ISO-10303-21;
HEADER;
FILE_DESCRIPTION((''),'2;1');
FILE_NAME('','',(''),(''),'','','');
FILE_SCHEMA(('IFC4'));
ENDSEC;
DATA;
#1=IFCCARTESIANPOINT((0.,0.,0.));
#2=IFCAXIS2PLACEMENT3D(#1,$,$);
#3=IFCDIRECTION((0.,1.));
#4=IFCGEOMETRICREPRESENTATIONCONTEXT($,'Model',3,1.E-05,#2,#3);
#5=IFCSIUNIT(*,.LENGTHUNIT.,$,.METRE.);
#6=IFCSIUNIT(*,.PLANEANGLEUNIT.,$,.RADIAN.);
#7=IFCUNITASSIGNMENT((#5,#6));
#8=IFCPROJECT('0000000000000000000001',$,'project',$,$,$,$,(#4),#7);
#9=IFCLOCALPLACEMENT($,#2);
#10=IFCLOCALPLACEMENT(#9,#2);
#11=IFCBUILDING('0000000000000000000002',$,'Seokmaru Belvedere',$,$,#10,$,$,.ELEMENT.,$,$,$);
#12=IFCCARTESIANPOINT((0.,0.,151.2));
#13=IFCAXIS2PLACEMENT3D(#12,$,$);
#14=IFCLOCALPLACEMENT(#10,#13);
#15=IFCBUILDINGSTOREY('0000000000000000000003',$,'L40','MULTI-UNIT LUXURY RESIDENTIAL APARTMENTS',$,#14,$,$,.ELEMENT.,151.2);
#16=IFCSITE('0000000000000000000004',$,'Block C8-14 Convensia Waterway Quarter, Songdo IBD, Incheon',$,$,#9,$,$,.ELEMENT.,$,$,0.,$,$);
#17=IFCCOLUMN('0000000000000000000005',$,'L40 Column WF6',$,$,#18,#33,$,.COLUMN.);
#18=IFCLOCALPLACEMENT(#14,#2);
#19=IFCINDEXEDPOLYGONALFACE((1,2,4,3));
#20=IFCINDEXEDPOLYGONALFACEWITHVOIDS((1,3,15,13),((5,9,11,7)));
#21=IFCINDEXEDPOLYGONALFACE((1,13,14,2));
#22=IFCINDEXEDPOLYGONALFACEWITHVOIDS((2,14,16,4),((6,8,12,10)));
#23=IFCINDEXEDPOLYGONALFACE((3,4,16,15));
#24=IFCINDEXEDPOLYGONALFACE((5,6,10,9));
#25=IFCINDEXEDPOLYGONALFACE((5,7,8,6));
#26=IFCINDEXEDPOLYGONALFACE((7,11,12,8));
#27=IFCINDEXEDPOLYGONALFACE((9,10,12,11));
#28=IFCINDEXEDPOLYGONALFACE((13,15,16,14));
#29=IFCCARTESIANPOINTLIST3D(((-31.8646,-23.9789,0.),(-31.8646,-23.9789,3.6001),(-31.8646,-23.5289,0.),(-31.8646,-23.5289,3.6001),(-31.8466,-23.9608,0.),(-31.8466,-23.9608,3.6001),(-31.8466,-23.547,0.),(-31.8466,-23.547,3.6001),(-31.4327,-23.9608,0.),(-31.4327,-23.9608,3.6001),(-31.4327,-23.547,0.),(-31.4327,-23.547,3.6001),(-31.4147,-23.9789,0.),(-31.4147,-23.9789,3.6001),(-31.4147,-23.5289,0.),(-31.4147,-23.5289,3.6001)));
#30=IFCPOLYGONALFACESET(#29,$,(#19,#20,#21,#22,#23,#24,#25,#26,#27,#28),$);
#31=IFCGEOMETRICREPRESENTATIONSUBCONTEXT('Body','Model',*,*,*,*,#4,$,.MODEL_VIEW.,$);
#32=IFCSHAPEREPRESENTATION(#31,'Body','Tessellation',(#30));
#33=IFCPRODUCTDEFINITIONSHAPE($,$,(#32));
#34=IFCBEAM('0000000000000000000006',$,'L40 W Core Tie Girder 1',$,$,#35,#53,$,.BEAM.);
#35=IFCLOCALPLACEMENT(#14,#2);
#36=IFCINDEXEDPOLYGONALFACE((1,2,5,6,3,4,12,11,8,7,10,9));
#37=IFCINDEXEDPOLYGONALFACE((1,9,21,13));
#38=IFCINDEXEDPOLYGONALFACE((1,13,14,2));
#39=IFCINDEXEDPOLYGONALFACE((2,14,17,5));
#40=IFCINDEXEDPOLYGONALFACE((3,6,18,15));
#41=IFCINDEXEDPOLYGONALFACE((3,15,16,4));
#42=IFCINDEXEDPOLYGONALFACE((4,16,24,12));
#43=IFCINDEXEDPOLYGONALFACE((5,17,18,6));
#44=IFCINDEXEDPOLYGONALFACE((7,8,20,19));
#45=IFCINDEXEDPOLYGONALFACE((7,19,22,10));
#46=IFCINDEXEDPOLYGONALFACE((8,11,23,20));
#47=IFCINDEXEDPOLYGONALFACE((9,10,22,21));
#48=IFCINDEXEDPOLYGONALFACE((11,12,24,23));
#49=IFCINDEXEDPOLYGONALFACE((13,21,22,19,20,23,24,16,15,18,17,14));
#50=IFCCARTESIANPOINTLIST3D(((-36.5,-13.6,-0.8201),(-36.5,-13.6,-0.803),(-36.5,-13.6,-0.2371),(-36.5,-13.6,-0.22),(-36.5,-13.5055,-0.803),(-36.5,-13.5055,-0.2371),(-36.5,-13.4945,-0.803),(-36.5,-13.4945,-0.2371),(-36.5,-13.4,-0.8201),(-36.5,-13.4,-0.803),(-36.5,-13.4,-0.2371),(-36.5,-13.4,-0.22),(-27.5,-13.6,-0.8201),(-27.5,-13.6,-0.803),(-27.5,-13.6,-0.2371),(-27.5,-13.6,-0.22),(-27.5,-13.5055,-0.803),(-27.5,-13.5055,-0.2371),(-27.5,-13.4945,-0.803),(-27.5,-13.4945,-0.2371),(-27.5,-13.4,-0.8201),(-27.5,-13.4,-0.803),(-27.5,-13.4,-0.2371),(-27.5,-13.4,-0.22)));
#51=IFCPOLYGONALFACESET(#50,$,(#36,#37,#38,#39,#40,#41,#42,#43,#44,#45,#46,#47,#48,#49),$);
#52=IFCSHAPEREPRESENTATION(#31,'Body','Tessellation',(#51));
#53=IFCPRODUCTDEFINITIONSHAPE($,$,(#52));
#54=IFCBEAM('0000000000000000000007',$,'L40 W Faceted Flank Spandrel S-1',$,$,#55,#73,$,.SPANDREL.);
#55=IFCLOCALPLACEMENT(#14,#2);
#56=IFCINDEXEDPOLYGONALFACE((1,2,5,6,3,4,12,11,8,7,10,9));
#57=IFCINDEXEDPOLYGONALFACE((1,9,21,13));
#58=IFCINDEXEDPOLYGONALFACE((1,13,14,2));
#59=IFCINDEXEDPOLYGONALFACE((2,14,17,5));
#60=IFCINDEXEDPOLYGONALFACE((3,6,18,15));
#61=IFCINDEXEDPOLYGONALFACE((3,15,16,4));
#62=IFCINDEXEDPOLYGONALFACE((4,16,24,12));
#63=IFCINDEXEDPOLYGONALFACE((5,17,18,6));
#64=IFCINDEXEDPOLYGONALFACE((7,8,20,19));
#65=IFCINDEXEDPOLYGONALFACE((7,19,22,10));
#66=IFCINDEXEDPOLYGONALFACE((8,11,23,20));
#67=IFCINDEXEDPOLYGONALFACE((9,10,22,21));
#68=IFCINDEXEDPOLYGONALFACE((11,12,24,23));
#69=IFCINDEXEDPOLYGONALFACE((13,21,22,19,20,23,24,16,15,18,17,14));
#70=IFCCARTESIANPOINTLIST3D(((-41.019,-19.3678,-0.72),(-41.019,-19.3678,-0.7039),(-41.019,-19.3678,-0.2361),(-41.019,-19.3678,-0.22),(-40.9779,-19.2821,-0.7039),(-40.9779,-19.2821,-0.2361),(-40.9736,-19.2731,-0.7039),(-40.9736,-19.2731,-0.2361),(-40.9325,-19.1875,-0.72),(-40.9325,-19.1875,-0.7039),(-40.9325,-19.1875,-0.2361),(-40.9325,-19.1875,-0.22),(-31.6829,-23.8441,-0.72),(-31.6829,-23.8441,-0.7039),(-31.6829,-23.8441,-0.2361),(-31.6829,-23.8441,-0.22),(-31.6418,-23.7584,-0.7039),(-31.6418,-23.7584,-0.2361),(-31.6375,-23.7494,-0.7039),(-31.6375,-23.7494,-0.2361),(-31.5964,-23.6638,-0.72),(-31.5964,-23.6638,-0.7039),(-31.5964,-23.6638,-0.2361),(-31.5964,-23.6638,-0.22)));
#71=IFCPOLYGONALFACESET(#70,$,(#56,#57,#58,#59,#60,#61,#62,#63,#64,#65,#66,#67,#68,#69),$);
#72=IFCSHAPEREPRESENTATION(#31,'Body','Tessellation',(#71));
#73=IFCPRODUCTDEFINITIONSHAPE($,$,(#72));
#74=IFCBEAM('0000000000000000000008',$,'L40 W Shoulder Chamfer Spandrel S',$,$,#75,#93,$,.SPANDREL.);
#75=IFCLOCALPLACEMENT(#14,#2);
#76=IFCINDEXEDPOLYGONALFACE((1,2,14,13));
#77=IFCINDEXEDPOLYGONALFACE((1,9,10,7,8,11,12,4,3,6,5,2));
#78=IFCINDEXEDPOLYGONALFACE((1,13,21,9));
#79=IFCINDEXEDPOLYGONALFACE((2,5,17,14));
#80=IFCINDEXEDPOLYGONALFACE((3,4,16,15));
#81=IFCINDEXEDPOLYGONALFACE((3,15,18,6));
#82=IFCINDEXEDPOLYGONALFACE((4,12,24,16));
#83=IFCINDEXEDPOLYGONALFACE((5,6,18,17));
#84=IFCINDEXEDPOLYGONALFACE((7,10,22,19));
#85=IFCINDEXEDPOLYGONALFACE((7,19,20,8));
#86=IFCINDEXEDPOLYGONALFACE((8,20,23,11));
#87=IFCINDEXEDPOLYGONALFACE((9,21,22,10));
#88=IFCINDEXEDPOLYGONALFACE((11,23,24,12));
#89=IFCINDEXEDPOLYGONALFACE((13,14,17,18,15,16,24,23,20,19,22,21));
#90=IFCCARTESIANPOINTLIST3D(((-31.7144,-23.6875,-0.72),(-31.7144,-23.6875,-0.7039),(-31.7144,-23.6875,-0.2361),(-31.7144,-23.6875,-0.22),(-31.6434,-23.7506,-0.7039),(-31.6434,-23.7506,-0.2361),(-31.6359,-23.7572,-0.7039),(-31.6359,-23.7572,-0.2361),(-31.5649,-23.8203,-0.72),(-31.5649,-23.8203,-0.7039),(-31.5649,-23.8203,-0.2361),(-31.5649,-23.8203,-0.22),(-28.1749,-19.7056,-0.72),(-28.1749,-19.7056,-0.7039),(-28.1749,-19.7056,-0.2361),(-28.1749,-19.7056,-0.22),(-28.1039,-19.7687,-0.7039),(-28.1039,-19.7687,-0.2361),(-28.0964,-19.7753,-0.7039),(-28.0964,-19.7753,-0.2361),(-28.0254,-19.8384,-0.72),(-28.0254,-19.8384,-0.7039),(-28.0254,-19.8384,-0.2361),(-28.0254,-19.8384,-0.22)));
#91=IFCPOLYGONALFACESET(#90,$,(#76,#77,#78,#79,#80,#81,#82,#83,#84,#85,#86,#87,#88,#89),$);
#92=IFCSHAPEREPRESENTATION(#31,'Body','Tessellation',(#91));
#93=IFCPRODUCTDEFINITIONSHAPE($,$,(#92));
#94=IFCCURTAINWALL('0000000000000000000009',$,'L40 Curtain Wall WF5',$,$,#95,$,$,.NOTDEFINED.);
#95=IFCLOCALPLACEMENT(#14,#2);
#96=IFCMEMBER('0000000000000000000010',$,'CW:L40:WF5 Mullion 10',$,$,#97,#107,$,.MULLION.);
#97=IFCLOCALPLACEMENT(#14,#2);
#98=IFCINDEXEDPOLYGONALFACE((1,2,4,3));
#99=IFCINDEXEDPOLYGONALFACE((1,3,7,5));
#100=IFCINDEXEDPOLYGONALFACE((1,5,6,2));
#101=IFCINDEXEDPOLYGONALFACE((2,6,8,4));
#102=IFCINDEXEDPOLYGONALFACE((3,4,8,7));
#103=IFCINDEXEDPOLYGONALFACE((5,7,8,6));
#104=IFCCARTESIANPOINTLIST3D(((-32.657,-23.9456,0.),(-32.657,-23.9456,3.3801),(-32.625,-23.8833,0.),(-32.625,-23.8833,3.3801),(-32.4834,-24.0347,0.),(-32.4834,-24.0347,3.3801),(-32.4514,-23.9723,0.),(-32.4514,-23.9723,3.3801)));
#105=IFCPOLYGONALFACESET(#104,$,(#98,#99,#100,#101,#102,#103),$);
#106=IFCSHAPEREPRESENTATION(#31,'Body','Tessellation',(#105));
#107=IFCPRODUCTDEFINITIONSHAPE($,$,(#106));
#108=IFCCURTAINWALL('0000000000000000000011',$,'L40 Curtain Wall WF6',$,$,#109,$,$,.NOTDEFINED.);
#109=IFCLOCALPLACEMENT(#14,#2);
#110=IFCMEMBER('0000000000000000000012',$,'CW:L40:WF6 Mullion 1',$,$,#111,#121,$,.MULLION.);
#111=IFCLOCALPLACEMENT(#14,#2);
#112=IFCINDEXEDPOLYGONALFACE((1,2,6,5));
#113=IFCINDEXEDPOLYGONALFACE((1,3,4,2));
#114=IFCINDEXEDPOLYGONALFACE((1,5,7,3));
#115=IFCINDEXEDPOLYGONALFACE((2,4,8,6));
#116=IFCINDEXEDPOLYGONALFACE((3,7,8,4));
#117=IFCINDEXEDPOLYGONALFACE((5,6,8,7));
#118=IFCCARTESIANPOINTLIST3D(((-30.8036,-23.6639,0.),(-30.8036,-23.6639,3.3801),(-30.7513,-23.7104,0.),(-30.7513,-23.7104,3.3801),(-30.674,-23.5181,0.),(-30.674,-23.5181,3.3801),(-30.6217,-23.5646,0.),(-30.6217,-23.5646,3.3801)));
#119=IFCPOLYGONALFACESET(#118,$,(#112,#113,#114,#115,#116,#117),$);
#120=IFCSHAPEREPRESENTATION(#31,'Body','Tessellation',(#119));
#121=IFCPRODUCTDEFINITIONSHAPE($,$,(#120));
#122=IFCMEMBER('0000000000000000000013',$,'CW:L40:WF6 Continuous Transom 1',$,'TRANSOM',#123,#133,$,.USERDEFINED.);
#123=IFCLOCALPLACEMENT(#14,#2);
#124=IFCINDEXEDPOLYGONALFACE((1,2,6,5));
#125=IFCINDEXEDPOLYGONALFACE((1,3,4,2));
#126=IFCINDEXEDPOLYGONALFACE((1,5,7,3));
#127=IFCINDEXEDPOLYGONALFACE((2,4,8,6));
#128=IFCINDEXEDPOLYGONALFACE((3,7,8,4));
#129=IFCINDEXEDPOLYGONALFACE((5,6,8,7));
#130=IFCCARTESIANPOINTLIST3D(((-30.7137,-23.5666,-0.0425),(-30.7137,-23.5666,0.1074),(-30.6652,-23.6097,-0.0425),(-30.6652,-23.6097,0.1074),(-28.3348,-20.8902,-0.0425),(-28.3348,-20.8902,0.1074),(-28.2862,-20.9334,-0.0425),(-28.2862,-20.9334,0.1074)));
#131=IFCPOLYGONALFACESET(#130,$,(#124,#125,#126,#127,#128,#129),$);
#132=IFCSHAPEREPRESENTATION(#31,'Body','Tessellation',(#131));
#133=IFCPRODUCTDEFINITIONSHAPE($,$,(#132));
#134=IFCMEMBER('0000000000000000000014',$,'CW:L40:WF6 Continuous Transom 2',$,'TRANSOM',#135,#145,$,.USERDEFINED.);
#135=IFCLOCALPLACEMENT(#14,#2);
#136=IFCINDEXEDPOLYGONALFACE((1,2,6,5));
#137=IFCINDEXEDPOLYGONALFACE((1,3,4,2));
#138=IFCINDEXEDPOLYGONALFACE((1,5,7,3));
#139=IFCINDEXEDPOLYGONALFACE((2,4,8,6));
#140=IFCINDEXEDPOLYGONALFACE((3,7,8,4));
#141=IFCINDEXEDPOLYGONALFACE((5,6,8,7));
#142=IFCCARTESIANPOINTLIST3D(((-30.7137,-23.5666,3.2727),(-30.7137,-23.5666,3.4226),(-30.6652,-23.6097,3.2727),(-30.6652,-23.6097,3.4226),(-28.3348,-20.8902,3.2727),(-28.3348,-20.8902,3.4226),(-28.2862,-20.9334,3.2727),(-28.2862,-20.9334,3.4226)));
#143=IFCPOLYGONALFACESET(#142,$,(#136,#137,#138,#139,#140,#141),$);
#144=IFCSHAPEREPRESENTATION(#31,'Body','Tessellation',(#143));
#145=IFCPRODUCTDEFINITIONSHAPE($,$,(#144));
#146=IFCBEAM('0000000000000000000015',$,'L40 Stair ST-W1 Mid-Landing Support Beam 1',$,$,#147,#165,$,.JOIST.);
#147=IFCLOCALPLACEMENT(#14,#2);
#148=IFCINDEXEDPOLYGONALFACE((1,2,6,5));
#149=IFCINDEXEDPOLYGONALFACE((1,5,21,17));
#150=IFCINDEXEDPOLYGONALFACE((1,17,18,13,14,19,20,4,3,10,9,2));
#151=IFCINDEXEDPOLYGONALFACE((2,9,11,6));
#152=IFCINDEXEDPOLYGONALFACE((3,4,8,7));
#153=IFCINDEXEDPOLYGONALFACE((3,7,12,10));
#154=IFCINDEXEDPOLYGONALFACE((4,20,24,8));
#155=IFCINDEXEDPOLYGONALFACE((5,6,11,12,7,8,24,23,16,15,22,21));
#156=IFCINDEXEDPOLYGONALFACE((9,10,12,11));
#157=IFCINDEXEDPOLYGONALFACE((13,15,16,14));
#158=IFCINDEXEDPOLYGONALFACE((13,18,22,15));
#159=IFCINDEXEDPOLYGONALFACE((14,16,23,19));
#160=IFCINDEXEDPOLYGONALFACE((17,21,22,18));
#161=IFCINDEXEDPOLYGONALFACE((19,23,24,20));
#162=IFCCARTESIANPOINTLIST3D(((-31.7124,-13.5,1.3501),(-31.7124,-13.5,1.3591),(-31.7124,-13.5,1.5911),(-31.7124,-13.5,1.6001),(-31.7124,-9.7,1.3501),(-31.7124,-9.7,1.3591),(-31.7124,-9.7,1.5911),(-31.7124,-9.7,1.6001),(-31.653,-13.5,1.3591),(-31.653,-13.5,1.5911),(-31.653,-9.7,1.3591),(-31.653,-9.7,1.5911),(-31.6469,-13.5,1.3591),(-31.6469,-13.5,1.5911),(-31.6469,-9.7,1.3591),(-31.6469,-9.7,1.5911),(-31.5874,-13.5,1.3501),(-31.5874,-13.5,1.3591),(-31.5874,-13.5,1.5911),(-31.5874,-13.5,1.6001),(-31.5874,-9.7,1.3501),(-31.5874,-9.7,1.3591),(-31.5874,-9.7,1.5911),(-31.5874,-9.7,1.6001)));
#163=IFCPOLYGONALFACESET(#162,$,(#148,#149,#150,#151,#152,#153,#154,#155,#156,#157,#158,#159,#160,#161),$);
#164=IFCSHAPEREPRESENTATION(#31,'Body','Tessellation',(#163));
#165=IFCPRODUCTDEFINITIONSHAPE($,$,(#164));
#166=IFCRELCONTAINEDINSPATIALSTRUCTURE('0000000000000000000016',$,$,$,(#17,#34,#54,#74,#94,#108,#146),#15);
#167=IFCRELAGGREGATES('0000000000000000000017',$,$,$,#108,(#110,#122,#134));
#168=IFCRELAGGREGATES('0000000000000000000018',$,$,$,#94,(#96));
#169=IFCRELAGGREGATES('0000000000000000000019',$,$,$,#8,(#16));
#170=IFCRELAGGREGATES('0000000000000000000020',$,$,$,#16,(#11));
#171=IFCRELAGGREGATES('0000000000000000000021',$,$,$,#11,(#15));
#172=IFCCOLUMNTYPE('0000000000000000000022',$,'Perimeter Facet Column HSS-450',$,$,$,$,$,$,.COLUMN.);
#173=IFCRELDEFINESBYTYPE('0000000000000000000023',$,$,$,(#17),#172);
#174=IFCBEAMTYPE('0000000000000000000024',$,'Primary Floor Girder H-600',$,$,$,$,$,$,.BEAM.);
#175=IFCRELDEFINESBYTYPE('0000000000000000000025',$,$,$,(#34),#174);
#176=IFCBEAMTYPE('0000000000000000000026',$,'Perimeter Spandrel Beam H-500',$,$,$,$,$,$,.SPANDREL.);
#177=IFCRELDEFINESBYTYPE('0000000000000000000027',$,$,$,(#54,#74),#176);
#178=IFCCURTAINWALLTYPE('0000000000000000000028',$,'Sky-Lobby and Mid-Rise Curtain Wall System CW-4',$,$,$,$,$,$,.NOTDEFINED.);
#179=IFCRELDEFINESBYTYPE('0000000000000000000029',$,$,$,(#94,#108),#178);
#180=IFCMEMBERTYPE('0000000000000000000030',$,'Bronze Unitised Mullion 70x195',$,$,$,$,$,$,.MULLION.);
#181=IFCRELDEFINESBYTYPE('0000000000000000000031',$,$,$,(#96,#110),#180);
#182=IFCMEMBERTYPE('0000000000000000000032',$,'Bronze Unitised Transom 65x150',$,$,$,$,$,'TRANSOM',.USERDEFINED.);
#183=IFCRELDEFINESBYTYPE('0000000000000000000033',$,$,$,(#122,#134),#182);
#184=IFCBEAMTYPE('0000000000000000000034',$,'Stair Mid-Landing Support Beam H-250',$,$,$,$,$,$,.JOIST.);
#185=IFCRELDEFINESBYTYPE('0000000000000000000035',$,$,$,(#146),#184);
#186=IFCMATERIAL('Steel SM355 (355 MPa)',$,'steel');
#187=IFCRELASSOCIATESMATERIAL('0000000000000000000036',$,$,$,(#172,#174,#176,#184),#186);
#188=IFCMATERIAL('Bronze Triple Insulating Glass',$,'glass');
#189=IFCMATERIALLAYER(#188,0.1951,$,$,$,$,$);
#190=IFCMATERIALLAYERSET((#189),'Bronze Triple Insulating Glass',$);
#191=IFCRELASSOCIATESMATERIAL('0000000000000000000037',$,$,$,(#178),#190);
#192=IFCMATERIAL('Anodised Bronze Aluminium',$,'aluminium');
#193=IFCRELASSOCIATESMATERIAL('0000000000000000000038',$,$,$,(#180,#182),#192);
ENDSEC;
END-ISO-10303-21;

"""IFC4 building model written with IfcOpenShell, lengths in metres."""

from ifc_helpers import new_model, si_unit, direction, frame, origin, origin_2d, place, context, subcontext, project, spatial, rectangle, hollow_rectangle, i_section, extrude, source, transform, mapped, material, layer, layer_set, material_profile, profile_set, type_object, type_shapes, element, aggregate, save


model = new_model("IFC4")

# Units and contexts
model_context = context("Model", 3, precision=1e-05, world=origin(), true_north=direction((0.0, 1.0)))
body_context = subcontext(model_context, "Body", "Model", "MODEL_VIEW")
ifc_project = project(units=[si_unit("LENGTHUNIT", "METRE"), si_unit("PLANEANGLEUNIT", "RADIAN")], contexts=[model_context])

# Site, building, storey
site_placement = place(None, origin())
site = spatial("IfcSite", under=ifc_project, at=site_placement, Name="Block C8-14 Convensia Waterway Quarter, Songdo IBD, Incheon", CompositionType="ELEMENT", RefElevation=0.0)
building_placement = place(site_placement, origin())
building = spatial("IfcBuilding", under=site, at=building_placement, Name="Seokmaru Belvedere", CompositionType="ELEMENT")
storey_placement = place(building_placement, frame((0.0, 0.0, 151.2)))
storey = spatial("IfcBuildingStorey", under=building, at=storey_placement, Name="L40", Description="MULTI-UNIT LUXURY RESIDENTIAL APARTMENTS", CompositionType="ELEMENT", Elevation=151.2)

# Column
ifc_material_1 = material(Name="Steel SM355 (355 MPa)", Category="steel")
ifc_material_profile_1 = material_profile(ifc_material_1, hollow_rectangle(XDim=0.45, YDim=0.45, WallThickness=0.0181, at=origin_2d()), Name="HSS-450x450x18")
ifc_profile_set_1 = profile_set([ifc_material_profile_1], Name="Steel SM355 (355 MPa)")
column_type = type_object("IfcColumnType", Name="Perimeter Facet Column HSS-450", PredefinedType="COLUMN", material=ifc_profile_set_1)
shared_shape_1 = source(origin(), body_context, "Body", "SweptSolid", [
    extrude(hollow_rectangle(XDim=0.45, YDim=0.45, WallThickness=0.0181, at=origin_2d()), origin(), (0.0, 0.0, 1.0), 3.6001),
])
type_shapes(column_type, [shared_shape_1])
column_placement = place(storey_placement, frame((-31.6396, -23.7539, 0.0), z_axis=(0.0, 0.0, 1.0), x_axis=(1.0, 0.0, 0.0)))
element("IfcColumn", 1, at=column_placement, inside=storey, type_object=column_type, Name="L40 Column WF6", PredefinedType="COLUMN", context=body_context, shape_type="MappedRepresentation", body=[
    mapped(shared_shape_1, transform((0.0, 0.0, 0.0), scale=1.0)),
])

# Beams
ifc_material_profile_2 = material_profile(ifc_material_1, i_section(OverallWidth=0.2, OverallDepth=0.6001, WebThickness=0.011, FlangeThickness=0.0171, at=origin_2d()), Name="H-600x200x11x17")
ifc_profile_set_2 = profile_set([ifc_material_profile_2], Name="Steel SM355 (355 MPa)")
beam_type_1 = type_object("IfcBeamType", Name="Primary Floor Girder H-600", PredefinedType="BEAM", material=ifc_profile_set_2)
shared_shape_2 = source(origin(), body_context, "Body", "SweptSolid", [
    extrude(i_section(OverallWidth=0.2, OverallDepth=0.6001, WebThickness=0.011, FlangeThickness=0.0171, at=origin_2d()), origin(), (0.0, 0.0, 1.0), 9.0),
])
type_shapes(beam_type_1, [shared_shape_2])
beam_1_placement = place(storey_placement, frame((-36.5, -13.5, -0.52), z_axis=(1.0, 0.0, 0.0), x_axis=(0.0, 1.0, 0.0)))
element("IfcBeam", 2, at=beam_1_placement, inside=storey, type_object=beam_type_1, Name="L40 W Core Tie Girder 1", PredefinedType="BEAM", context=body_context, shape_type="MappedRepresentation", body=[
    mapped(shared_shape_2, transform((0.0, 0.0, 0.0), scale=1.0)),
])
ifc_material_profile_3 = material_profile(ifc_material_1, i_section(OverallWidth=0.2, OverallDepth=0.5, WebThickness=0.01, FlangeThickness=0.0161, at=origin_2d()), Name="H-500x200x10x16")
ifc_profile_set_3 = profile_set([ifc_material_profile_3], Name="Steel SM355 (355 MPa)")
beam_type_2 = type_object("IfcBeamType", Name="Perimeter Spandrel Beam H-500", PredefinedType="SPANDREL", material=ifc_profile_set_3)
shared_shape_3 = source(origin(), body_context, "Body", "SweptSolid", [
    extrude(i_section(OverallWidth=0.2, OverallDepth=0.5, WebThickness=0.01, FlangeThickness=0.0161, at=origin_2d()), origin(), (0.0, 0.0, 1.0), 10.3538),
])
beam_2_placement = place(storey_placement, frame((-31.6396, -23.7539, -0.47), z_axis=(-0.901713, 0.432335, 0.0), x_axis=(-0.432335, -0.901713, 0.0)))
element("IfcBeam", 3, at=beam_2_placement, inside=storey, type_object=beam_type_2, Name="L40 W Faceted Flank Spandrel S-1", PredefinedType="SPANDREL", context=body_context, shape_type="MappedRepresentation", body=[
    mapped(shared_shape_3, transform((0.0, 0.0, 0.0), scale=1.0)),
])
shared_shape_4 = source(origin(), body_context, "Body", "SweptSolid", [
    extrude(i_section(OverallWidth=0.2, OverallDepth=0.5, WebThickness=0.01, FlangeThickness=0.0161, at=origin_2d()), origin(), (0.0, 0.0, 1.0), 5.3276),
])
type_shapes(beam_type_2, [shared_shape_3, shared_shape_4])
beam_3_placement = place(storey_placement, frame((-31.6396, -23.7539, -0.47), z_axis=(0.66437, 0.747404, 0.0), x_axis=(-0.747404, 0.66437, 0.0)))
element("IfcBeam", 4, at=beam_3_placement, inside=storey, type_object=beam_type_2, Name="L40 W Shoulder Chamfer Spandrel S", PredefinedType="SPANDREL", context=body_context, shape_type="MappedRepresentation", body=[
    mapped(shared_shape_4, transform((0.0, 0.0, 0.0), scale=1.0)),
])

# Curtain wall, member
ifc_material_2 = material(Name="Bronze Triple Insulating Glass", Category="glass")
ifc_layer_1 = layer(ifc_material_2, 0.1951)
ifc_layer_set_1 = layer_set([ifc_layer_1], Name="Bronze Triple Insulating Glass")
curtain_wall_type = type_object("IfcCurtainWallType", Name="Sky-Lobby and Mid-Rise Curtain Wall System CW-4", PredefinedType="NOTDEFINED", material=ifc_layer_set_1)
curtain_wall_1_placement = place(storey_placement, origin())
curtain_wall_1 = element("IfcCurtainWall", 5, at=curtain_wall_1_placement, inside=storey, type_object=curtain_wall_type, Name="L40 Curtain Wall WF5", PredefinedType="NOTDEFINED")
ifc_material_3 = material(Name="Anodised Bronze Aluminium", Category="aluminium")
ifc_material_profile_4 = material_profile(ifc_material_3, rectangle(XDim=0.0701, YDim=0.1951, at=origin_2d()), Name="CW-M-70x195")
ifc_profile_set_4 = profile_set([ifc_material_profile_4], Name="Anodised Bronze Aluminium")
member_type_1 = type_object("IfcMemberType", Name="Bronze Unitised Mullion 70x195", PredefinedType="MULLION", material=ifc_profile_set_4)
shared_shape_5 = source(origin(), body_context, "Body", "SweptSolid", [
    extrude(rectangle(XDim=0.0701, YDim=0.1951, at=origin_2d()), origin(), (0.0, 0.0, 1.0), 3.3801),
])
type_shapes(member_type_1, [shared_shape_5])
member_1_placement = place(storey_placement, frame((-32.5542, -23.959, 0.0), z_axis=(0.0, 0.0, 1.0), x_axis=(0.456555, 0.889695, 0.0)))
member_1 = element("IfcMember", 6, at=member_1_placement, type_object=member_type_1, Name="CW:L40:WF5 Mullion 10", PredefinedType="MULLION", context=body_context, shape_type="MappedRepresentation", body=[
    mapped(shared_shape_5, transform((0.0, 0.0, 0.0), scale=1.0)),
])

# Curtain wall, members
curtain_wall_2_placement = place(storey_placement, origin())
curtain_wall_2 = element("IfcCurtainWall", 7, at=curtain_wall_2_placement, inside=storey, type_object=curtain_wall_type, Name="L40 Curtain Wall WF6", PredefinedType="NOTDEFINED")
member_2_placement = place(storey_placement, frame((-30.7126, -23.6143, 0.0), z_axis=(0.0, 0.0, 1.0), x_axis=(-0.74741, 0.664363, 0.0)))
member_2 = element("IfcMember", 8, at=member_2_placement, type_object=member_type_1, Name="CW:L40:WF6 Mullion 1", PredefinedType="MULLION", context=body_context, shape_type="MappedRepresentation", body=[
    mapped(shared_shape_5, transform((0.0, 0.0, 0.0), scale=1.0)),
])
ifc_material_profile_5 = material_profile(ifc_material_3, rectangle(XDim=0.0649, YDim=0.1499, at=origin_2d()), Name="CW-T-65x150")
ifc_profile_set_5 = profile_set([ifc_material_profile_5], Name="Anodised Bronze Aluminium")
member_type_2 = type_object("IfcMemberType", Name="Bronze Unitised Transom 65x150", ElementType="TRANSOM", PredefinedType="USERDEFINED", material=ifc_profile_set_5)
shared_shape_6 = source(origin(), body_context, "Body", "SweptSolid", [
    extrude(rectangle(XDim=0.0649, YDim=0.1499, at=origin_2d()), origin(), (0.0, 0.0, 1.0), 3.5808),
])
type_shapes(member_type_2, [shared_shape_6])
member_3_placement = place(storey_placement, frame((-30.6895, -23.5881, 0.0325), z_axis=(0.664364, 0.747409, 0.0), x_axis=(-0.747409, 0.664364, 0.0)))
member_3 = element("IfcMember", 9, at=member_3_placement, type_object=member_type_2, Name="CW:L40:WF6 Continuous Transom 1", ObjectType="TRANSOM", PredefinedType="USERDEFINED", context=body_context, shape_type="MappedRepresentation", body=[
    mapped(shared_shape_6, transform((0.0, 0.0, 0.0), scale=1.0)),
])
member_4_placement = place(storey_placement, frame((-30.6895, -23.5881, 3.3477), z_axis=(0.664364, 0.747409, 0.0), x_axis=(-0.747409, 0.664364, 0.0)))
member_4 = element("IfcMember", 10, at=member_4_placement, type_object=member_type_2, Name="CW:L40:WF6 Continuous Transom 2", ObjectType="TRANSOM", PredefinedType="USERDEFINED", context=body_context, shape_type="MappedRepresentation", body=[
    mapped(shared_shape_6, transform((0.0, 0.0, 0.0), scale=1.0)),
])
aggregate(curtain_wall_2, [member_2, member_3, member_4])

# Beam
ifc_material_profile_6 = material_profile(ifc_material_1, i_section(OverallWidth=0.125, OverallDepth=0.25, WebThickness=0.0061, FlangeThickness=0.009, at=origin_2d()), Name="H-250x125x6x9")
ifc_profile_set_6 = profile_set([ifc_material_profile_6], Name="Steel SM355 (355 MPa)")
beam_type_3 = type_object("IfcBeamType", Name="Stair Mid-Landing Support Beam H-250", PredefinedType="JOIST", material=ifc_profile_set_6)
shared_shape_7 = source(origin(), body_context, "Body", "SweptSolid", [
    extrude(i_section(OverallWidth=0.125, OverallDepth=0.25, WebThickness=0.0061, FlangeThickness=0.009, at=origin_2d()), origin(), (0.0, 0.0, 1.0), 3.8),
])
type_shapes(beam_type_3, [shared_shape_7])
beam_4_placement = place(storey_placement, frame((-31.6499, -13.5, 1.4751), z_axis=(0.0, 1.0, 0.0), x_axis=(-1.0, 0.0, 0.0)))
element("IfcBeam", 11, at=beam_4_placement, inside=storey, type_object=beam_type_3, Name="L40 Stair ST-W1 Mid-Landing Support Beam 1", PredefinedType="JOIST", context=body_context, shape_type="MappedRepresentation", body=[
    mapped(shared_shape_7, transform((0.0, 0.0, 0.0), scale=1.0)),
])

aggregate(curtain_wall_1, [member_1])

save(model, "model.ifc")
